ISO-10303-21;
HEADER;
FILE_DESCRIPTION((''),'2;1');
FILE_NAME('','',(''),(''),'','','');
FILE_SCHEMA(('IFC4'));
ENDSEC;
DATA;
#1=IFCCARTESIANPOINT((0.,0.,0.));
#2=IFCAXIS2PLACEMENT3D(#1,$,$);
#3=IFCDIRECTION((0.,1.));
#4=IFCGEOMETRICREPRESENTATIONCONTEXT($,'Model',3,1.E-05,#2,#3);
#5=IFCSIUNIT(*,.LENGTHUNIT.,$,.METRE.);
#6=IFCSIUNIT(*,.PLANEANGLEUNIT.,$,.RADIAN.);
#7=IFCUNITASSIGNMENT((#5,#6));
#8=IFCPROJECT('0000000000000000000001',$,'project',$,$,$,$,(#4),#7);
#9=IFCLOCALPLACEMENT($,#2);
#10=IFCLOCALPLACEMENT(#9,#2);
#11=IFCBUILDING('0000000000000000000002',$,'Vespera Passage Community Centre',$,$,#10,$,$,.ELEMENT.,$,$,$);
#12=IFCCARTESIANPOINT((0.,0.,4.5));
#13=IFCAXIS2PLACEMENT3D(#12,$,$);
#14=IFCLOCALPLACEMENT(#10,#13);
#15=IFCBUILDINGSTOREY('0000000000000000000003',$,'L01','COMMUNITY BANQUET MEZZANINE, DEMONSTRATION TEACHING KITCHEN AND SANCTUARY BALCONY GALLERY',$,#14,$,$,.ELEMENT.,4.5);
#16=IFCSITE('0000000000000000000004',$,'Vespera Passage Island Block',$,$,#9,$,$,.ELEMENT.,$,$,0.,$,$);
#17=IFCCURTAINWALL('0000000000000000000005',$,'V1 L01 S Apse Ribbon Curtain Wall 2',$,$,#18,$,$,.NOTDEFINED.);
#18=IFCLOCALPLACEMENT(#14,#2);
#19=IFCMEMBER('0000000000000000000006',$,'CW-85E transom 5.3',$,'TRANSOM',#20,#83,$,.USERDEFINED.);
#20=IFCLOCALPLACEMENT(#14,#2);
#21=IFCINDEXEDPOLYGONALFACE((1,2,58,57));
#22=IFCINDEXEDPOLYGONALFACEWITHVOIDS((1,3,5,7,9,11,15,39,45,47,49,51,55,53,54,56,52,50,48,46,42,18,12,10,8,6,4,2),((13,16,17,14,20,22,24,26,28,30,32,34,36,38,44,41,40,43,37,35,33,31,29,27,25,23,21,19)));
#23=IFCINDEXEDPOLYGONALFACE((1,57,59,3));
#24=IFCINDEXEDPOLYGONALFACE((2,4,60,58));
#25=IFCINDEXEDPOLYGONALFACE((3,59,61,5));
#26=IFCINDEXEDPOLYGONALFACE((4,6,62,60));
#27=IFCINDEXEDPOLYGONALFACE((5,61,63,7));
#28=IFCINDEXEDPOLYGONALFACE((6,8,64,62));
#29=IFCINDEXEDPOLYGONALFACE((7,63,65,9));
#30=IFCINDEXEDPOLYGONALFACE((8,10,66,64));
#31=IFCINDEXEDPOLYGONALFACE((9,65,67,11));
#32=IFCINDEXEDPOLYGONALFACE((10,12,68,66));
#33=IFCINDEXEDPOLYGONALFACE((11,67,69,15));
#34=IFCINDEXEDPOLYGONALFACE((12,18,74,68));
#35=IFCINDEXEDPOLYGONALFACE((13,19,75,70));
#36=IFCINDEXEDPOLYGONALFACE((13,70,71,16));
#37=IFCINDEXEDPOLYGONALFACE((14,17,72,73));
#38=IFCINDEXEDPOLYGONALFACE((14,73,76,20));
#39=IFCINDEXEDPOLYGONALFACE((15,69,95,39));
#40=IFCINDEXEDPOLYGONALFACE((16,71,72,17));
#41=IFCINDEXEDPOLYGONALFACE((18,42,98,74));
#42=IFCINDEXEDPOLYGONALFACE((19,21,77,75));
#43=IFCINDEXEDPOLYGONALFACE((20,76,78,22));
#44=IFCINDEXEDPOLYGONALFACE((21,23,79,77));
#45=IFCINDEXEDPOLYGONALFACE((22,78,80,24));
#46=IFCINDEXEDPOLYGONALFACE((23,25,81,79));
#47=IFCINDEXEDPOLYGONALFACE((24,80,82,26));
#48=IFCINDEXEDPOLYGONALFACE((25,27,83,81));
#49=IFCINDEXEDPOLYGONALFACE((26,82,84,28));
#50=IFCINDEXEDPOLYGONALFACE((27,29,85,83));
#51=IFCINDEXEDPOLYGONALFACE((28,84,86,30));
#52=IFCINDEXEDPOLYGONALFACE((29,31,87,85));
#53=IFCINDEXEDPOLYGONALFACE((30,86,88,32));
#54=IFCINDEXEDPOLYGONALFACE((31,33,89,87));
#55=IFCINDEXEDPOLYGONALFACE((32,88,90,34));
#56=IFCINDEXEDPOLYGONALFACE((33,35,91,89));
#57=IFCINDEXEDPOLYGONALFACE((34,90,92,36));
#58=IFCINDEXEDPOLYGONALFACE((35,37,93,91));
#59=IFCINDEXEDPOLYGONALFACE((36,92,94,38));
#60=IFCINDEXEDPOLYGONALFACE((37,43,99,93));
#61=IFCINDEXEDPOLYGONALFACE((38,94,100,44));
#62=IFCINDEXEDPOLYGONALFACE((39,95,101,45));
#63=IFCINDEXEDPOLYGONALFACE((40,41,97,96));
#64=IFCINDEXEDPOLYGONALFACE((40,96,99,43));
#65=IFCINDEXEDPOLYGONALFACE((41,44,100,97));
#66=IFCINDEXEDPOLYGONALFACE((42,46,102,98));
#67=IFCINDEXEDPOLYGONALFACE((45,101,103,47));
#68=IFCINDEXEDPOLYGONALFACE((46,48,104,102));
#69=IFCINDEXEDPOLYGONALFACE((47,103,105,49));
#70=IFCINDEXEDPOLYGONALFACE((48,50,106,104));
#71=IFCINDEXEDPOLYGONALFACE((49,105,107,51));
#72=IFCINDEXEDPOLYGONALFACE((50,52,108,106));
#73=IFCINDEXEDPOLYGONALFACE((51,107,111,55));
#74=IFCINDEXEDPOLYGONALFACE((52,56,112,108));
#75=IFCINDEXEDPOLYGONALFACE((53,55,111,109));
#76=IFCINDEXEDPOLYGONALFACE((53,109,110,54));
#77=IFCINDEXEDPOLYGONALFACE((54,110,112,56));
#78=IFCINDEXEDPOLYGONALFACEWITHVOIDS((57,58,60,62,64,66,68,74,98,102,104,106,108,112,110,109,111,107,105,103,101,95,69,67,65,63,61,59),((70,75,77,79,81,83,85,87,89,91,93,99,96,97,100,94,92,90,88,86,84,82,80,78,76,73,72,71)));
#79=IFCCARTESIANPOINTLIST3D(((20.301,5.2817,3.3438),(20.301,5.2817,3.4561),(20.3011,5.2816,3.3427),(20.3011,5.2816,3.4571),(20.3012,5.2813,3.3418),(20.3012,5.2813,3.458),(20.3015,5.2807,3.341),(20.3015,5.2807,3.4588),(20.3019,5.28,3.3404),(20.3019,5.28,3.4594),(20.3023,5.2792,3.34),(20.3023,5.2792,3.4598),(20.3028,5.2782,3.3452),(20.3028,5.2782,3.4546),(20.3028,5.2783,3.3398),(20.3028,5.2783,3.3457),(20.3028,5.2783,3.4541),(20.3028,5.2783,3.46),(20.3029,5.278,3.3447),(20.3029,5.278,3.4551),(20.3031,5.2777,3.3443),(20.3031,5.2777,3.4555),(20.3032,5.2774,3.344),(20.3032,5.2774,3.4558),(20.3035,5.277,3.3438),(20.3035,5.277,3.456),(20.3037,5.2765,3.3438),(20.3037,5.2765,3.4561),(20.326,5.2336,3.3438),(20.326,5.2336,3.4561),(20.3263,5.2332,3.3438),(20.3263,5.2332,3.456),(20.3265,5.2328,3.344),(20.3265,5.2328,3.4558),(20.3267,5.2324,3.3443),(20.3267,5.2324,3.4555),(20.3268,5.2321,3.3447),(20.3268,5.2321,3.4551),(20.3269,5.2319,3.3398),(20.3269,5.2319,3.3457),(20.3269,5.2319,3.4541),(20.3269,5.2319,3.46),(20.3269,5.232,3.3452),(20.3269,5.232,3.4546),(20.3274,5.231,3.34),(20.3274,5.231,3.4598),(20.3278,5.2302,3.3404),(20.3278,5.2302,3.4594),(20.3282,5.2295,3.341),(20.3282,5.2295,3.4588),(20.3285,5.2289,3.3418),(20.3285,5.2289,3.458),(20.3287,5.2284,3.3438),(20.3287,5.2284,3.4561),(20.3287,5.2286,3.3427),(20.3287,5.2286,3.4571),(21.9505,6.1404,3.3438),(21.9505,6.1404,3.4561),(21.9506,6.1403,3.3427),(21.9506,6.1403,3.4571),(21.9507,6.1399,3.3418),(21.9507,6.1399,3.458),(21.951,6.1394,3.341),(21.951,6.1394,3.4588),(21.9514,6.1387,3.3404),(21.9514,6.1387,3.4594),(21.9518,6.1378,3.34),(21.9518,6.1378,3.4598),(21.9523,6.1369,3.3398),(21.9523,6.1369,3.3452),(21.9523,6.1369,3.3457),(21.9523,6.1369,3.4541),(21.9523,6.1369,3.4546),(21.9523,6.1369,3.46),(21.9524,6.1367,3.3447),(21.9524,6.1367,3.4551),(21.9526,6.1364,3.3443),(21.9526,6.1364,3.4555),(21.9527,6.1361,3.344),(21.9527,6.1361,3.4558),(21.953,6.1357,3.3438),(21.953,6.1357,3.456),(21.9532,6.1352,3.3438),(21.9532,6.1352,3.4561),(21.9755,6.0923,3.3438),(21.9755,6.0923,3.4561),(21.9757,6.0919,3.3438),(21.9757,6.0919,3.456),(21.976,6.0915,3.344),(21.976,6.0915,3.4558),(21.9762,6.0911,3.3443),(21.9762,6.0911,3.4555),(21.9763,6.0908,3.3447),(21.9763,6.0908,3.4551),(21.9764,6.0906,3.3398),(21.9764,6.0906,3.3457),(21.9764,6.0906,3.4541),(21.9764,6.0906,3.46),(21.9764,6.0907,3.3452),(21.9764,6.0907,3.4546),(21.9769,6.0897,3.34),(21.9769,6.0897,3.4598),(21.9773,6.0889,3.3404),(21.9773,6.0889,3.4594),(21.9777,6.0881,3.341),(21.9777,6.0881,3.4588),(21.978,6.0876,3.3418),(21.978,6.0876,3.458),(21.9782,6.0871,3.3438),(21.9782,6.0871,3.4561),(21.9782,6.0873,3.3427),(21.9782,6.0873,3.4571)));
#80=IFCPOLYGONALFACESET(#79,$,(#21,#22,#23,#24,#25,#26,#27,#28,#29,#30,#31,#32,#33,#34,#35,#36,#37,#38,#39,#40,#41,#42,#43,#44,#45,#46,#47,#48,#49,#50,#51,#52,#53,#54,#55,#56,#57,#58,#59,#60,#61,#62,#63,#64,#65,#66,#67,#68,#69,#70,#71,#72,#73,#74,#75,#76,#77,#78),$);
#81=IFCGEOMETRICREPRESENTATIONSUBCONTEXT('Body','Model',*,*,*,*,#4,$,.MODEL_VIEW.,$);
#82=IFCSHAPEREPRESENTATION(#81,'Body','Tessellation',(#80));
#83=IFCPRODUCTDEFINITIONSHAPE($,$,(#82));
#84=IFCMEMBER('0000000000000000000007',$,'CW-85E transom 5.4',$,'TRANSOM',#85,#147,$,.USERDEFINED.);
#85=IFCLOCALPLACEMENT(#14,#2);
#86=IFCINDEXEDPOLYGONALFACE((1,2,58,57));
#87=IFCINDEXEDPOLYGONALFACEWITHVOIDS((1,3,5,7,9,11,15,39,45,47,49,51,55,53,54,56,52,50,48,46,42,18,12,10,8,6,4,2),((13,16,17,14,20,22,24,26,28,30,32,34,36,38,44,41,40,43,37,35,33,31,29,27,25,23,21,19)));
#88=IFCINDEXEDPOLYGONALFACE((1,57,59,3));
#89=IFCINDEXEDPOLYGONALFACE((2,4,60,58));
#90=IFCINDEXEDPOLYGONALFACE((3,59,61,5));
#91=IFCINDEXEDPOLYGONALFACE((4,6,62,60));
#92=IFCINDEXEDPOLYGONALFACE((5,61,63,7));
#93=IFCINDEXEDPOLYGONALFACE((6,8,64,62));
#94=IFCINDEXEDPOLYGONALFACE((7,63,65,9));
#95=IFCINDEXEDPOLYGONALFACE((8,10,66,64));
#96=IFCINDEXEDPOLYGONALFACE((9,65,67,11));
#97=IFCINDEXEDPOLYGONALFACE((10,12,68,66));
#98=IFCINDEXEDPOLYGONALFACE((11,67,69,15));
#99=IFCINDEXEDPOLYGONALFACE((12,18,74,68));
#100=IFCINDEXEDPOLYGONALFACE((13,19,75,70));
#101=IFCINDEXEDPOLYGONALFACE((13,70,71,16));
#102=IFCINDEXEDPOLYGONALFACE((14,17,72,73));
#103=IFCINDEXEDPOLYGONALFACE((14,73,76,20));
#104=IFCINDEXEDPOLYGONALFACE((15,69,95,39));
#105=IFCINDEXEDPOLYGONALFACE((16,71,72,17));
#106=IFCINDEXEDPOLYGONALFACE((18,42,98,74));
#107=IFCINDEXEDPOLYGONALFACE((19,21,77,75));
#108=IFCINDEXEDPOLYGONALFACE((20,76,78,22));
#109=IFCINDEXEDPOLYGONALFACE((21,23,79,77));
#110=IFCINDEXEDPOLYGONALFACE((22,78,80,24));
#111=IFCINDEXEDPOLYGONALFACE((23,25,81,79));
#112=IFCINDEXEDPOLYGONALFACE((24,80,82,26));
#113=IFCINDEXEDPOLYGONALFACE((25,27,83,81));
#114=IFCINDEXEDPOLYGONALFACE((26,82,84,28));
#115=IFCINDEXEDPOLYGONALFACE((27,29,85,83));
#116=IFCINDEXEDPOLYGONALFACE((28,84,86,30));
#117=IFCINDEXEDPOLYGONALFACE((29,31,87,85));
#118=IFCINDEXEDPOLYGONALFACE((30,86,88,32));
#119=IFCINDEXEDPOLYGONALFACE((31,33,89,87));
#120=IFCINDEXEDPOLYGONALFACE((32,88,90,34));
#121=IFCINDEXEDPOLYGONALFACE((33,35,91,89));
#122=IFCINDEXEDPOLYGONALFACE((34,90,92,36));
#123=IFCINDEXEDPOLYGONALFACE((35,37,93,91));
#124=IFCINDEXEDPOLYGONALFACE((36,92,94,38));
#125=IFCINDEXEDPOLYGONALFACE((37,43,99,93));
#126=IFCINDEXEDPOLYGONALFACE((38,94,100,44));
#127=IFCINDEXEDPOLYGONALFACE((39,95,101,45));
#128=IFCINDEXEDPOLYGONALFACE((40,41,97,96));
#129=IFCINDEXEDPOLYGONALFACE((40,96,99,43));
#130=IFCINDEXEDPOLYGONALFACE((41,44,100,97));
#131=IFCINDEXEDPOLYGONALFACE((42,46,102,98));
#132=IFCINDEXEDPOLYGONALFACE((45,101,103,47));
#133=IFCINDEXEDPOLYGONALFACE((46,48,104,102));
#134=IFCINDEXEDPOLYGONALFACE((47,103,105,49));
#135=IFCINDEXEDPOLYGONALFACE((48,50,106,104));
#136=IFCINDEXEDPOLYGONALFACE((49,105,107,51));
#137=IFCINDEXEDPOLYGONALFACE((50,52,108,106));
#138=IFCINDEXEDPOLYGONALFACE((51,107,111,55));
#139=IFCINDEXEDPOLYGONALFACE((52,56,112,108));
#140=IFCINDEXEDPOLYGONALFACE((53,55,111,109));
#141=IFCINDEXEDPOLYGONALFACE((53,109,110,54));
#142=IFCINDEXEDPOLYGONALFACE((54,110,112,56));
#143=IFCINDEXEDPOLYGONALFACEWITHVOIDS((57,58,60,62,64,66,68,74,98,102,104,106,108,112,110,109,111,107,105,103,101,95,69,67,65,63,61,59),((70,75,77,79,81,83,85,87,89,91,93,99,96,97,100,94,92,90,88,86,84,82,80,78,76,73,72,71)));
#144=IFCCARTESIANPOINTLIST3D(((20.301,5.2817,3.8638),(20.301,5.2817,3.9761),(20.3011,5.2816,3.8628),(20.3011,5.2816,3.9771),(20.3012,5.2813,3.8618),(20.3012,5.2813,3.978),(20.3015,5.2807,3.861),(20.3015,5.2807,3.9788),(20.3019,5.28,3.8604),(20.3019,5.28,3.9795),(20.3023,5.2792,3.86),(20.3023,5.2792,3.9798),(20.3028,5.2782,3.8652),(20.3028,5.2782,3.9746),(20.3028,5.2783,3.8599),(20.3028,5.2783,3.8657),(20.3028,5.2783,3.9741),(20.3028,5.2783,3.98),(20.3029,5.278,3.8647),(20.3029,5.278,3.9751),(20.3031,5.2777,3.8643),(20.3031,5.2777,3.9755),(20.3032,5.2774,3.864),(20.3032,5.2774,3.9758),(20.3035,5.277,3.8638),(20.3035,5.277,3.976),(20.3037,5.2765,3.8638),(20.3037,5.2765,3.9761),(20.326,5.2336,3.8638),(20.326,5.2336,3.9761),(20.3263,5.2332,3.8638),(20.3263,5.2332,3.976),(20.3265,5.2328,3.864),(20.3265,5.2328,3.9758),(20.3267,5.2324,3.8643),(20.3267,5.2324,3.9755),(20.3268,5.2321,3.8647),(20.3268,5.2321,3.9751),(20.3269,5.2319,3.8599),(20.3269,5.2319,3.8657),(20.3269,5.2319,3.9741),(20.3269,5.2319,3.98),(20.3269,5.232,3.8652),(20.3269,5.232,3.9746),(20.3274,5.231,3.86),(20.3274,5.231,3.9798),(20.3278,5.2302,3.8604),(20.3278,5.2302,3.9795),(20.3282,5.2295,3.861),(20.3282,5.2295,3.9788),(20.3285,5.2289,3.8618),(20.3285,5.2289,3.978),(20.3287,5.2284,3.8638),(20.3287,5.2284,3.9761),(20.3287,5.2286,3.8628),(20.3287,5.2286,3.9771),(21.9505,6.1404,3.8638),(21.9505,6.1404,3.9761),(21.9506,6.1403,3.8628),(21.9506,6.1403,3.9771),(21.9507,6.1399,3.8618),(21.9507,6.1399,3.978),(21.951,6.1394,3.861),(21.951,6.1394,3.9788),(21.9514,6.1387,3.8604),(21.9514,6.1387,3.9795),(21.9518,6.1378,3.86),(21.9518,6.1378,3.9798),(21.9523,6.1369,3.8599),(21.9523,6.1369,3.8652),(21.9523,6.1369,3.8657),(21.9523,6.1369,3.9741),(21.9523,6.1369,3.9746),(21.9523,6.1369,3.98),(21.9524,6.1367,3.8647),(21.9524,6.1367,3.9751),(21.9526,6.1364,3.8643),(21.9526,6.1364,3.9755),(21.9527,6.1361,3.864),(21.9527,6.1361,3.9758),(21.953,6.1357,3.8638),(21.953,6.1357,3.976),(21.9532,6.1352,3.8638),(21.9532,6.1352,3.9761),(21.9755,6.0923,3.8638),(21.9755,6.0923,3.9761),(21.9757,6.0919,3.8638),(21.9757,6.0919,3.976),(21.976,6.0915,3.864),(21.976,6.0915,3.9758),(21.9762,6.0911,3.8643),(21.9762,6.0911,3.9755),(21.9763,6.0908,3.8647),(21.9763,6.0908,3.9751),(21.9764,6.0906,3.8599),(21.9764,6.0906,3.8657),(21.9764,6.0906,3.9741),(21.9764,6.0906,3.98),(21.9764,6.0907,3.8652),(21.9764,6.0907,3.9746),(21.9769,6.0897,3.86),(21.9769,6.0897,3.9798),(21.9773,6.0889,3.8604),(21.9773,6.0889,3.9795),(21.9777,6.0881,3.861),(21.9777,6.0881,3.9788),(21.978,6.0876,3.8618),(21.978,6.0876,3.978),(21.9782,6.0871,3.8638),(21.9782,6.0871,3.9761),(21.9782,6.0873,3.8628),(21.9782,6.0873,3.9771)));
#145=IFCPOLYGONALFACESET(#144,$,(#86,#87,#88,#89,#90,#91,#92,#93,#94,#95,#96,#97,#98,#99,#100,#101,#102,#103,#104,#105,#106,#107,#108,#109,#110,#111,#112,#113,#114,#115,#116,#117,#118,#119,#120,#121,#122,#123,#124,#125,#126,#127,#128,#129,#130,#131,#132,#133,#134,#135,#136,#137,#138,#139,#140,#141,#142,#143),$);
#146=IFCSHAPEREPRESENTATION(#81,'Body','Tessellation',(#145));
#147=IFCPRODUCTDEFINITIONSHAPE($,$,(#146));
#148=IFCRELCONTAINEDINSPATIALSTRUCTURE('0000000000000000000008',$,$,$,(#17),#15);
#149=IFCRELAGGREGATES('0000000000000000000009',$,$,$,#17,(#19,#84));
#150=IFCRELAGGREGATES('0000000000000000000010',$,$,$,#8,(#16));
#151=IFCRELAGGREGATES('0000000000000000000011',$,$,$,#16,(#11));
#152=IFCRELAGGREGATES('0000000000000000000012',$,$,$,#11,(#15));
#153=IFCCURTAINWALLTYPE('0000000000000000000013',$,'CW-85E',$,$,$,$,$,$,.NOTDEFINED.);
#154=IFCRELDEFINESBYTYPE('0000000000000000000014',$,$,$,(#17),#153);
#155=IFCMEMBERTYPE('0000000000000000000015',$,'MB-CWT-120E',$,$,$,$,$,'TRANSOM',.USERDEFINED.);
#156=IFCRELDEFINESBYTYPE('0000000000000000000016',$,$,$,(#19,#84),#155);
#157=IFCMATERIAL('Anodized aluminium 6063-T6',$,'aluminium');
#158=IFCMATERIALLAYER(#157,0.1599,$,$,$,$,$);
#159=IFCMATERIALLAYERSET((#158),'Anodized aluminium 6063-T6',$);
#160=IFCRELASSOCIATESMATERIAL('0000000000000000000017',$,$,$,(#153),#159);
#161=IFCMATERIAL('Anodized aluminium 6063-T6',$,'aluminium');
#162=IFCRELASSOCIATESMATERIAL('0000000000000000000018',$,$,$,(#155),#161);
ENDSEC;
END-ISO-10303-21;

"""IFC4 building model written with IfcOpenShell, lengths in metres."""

from ifc_helpers import new_model, si_unit, direction, frame, origin, origin_2d, place, context, subcontext, project, spatial, hollow_rectangle, extrude, material, layer, layer_set, material_profile, profile_set, type_object, element, aggregate, save


model = new_model("IFC4")

# Units and contexts
model_context = context("Model", 3, precision=1e-05, world=origin(), true_north=direction((0.0, 1.0)))
body_context = subcontext(model_context, "Body", "Model", "MODEL_VIEW")
ifc_project = project(units=[si_unit("LENGTHUNIT", "METRE"), si_unit("PLANEANGLEUNIT", "RADIAN")], contexts=[model_context])

# Site, building, storey
site_placement = place(None, origin())
site = spatial("IfcSite", under=ifc_project, at=site_placement, Name="Vespera Passage Island Block", CompositionType="ELEMENT", RefElevation=0.0)
building_placement = place(site_placement, origin())
building = spatial("IfcBuilding", under=site, at=building_placement, Name="Vespera Passage Community Centre", CompositionType="ELEMENT")
storey_placement = place(building_placement, frame((0.0, 0.0, 4.5)))
storey = spatial("IfcBuildingStorey", under=building, at=storey_placement, Name="L01", Description="COMMUNITY BANQUET MEZZANINE, DEMONSTRATION TEACHING KITCHEN AND SANCTUARY BALCONY GALLERY", CompositionType="ELEMENT", Elevation=4.5)

# Curtain wall, members
ifc_material_1 = material(Name="Anodized aluminium 6063-T6", Category="aluminium")
ifc_layer_1 = layer(ifc_material_1, 0.1599)
ifc_layer_set_1 = layer_set([ifc_layer_1], Name="Anodized aluminium 6063-T6")
curtain_wall_type = type_object("IfcCurtainWallType", Name="CW-85E", PredefinedType="NOTDEFINED", material=ifc_layer_set_1)
curtain_wall_placement = place(storey_placement, origin())
curtain_wall = element("IfcCurtainWall", 1, at=curtain_wall_placement, inside=storey, type_object=curtain_wall_type, Name="V1 L01 S Apse Ribbon Curtain Wall 2", PredefinedType="NOTDEFINED")
ifc_material_2 = material(Name="Anodized aluminium 6063-T6", Category="aluminium")
ifc_material_profile_1 = material_profile(ifc_material_2, hollow_rectangle(XDim=0.0601, YDim=0.1201, WallThickness=0.0039, InnerFilletRadius=0.002, OuterFilletRadius=0.0039, at=origin_2d()), Name="ALU120X60X4")
ifc_profile_set_1 = profile_set([ifc_material_profile_1], Name="Anodized aluminium 6063-T6")
member_type_1 = type_object("IfcMemberType", Name="MB-CWT-120E", ElementType="TRANSOM", PredefinedType="USERDEFINED", material=ifc_profile_set_1)
member_1_placement = place(storey_placement, frame((21.9644, 6.1138, 3.3999), z_axis=(-0.887008, -0.461754, 0.0), x_axis=(0.461754, -0.887008, 0.0)))
member_1 = element("IfcMember", 2, at=member_1_placement, type_object=member_type_1, Name="CW-85E transom 5.3", ObjectType="TRANSOM", PredefinedType="USERDEFINED", context=body_context, shape_type="SweptSolid", body=[
    extrude(hollow_rectangle(XDim=0.0601, YDim=0.1201, WallThickness=0.0039, InnerFilletRadius=0.002, OuterFilletRadius=0.0039, at=origin_2d()), origin(), (0.0, 0.0, 1.0), 1.8596),
])
member_2_placement = place(storey_placement, frame((21.9644, 6.1138, 3.9199), z_axis=(-0.887008, -0.461754, 0.0), x_axis=(0.461754, -0.887008, 0.0)))
member_2 = element("IfcMember", 3, at=member_2_placement, type_object=member_type_1, Name="CW-85E transom 5.4", ObjectType="TRANSOM", PredefinedType="USERDEFINED", context=body_context, shape_type="SweptSolid", body=[
    extrude(hollow_rectangle(XDim=0.0601, YDim=0.1201, WallThickness=0.0039, InnerFilletRadius=0.002, OuterFilletRadius=0.0039, at=origin_2d()), origin(), (0.0, 0.0, 1.0), 1.8596),
])
aggregate(curtain_wall, [member_1, member_2])

save(model, "model.ifc")
